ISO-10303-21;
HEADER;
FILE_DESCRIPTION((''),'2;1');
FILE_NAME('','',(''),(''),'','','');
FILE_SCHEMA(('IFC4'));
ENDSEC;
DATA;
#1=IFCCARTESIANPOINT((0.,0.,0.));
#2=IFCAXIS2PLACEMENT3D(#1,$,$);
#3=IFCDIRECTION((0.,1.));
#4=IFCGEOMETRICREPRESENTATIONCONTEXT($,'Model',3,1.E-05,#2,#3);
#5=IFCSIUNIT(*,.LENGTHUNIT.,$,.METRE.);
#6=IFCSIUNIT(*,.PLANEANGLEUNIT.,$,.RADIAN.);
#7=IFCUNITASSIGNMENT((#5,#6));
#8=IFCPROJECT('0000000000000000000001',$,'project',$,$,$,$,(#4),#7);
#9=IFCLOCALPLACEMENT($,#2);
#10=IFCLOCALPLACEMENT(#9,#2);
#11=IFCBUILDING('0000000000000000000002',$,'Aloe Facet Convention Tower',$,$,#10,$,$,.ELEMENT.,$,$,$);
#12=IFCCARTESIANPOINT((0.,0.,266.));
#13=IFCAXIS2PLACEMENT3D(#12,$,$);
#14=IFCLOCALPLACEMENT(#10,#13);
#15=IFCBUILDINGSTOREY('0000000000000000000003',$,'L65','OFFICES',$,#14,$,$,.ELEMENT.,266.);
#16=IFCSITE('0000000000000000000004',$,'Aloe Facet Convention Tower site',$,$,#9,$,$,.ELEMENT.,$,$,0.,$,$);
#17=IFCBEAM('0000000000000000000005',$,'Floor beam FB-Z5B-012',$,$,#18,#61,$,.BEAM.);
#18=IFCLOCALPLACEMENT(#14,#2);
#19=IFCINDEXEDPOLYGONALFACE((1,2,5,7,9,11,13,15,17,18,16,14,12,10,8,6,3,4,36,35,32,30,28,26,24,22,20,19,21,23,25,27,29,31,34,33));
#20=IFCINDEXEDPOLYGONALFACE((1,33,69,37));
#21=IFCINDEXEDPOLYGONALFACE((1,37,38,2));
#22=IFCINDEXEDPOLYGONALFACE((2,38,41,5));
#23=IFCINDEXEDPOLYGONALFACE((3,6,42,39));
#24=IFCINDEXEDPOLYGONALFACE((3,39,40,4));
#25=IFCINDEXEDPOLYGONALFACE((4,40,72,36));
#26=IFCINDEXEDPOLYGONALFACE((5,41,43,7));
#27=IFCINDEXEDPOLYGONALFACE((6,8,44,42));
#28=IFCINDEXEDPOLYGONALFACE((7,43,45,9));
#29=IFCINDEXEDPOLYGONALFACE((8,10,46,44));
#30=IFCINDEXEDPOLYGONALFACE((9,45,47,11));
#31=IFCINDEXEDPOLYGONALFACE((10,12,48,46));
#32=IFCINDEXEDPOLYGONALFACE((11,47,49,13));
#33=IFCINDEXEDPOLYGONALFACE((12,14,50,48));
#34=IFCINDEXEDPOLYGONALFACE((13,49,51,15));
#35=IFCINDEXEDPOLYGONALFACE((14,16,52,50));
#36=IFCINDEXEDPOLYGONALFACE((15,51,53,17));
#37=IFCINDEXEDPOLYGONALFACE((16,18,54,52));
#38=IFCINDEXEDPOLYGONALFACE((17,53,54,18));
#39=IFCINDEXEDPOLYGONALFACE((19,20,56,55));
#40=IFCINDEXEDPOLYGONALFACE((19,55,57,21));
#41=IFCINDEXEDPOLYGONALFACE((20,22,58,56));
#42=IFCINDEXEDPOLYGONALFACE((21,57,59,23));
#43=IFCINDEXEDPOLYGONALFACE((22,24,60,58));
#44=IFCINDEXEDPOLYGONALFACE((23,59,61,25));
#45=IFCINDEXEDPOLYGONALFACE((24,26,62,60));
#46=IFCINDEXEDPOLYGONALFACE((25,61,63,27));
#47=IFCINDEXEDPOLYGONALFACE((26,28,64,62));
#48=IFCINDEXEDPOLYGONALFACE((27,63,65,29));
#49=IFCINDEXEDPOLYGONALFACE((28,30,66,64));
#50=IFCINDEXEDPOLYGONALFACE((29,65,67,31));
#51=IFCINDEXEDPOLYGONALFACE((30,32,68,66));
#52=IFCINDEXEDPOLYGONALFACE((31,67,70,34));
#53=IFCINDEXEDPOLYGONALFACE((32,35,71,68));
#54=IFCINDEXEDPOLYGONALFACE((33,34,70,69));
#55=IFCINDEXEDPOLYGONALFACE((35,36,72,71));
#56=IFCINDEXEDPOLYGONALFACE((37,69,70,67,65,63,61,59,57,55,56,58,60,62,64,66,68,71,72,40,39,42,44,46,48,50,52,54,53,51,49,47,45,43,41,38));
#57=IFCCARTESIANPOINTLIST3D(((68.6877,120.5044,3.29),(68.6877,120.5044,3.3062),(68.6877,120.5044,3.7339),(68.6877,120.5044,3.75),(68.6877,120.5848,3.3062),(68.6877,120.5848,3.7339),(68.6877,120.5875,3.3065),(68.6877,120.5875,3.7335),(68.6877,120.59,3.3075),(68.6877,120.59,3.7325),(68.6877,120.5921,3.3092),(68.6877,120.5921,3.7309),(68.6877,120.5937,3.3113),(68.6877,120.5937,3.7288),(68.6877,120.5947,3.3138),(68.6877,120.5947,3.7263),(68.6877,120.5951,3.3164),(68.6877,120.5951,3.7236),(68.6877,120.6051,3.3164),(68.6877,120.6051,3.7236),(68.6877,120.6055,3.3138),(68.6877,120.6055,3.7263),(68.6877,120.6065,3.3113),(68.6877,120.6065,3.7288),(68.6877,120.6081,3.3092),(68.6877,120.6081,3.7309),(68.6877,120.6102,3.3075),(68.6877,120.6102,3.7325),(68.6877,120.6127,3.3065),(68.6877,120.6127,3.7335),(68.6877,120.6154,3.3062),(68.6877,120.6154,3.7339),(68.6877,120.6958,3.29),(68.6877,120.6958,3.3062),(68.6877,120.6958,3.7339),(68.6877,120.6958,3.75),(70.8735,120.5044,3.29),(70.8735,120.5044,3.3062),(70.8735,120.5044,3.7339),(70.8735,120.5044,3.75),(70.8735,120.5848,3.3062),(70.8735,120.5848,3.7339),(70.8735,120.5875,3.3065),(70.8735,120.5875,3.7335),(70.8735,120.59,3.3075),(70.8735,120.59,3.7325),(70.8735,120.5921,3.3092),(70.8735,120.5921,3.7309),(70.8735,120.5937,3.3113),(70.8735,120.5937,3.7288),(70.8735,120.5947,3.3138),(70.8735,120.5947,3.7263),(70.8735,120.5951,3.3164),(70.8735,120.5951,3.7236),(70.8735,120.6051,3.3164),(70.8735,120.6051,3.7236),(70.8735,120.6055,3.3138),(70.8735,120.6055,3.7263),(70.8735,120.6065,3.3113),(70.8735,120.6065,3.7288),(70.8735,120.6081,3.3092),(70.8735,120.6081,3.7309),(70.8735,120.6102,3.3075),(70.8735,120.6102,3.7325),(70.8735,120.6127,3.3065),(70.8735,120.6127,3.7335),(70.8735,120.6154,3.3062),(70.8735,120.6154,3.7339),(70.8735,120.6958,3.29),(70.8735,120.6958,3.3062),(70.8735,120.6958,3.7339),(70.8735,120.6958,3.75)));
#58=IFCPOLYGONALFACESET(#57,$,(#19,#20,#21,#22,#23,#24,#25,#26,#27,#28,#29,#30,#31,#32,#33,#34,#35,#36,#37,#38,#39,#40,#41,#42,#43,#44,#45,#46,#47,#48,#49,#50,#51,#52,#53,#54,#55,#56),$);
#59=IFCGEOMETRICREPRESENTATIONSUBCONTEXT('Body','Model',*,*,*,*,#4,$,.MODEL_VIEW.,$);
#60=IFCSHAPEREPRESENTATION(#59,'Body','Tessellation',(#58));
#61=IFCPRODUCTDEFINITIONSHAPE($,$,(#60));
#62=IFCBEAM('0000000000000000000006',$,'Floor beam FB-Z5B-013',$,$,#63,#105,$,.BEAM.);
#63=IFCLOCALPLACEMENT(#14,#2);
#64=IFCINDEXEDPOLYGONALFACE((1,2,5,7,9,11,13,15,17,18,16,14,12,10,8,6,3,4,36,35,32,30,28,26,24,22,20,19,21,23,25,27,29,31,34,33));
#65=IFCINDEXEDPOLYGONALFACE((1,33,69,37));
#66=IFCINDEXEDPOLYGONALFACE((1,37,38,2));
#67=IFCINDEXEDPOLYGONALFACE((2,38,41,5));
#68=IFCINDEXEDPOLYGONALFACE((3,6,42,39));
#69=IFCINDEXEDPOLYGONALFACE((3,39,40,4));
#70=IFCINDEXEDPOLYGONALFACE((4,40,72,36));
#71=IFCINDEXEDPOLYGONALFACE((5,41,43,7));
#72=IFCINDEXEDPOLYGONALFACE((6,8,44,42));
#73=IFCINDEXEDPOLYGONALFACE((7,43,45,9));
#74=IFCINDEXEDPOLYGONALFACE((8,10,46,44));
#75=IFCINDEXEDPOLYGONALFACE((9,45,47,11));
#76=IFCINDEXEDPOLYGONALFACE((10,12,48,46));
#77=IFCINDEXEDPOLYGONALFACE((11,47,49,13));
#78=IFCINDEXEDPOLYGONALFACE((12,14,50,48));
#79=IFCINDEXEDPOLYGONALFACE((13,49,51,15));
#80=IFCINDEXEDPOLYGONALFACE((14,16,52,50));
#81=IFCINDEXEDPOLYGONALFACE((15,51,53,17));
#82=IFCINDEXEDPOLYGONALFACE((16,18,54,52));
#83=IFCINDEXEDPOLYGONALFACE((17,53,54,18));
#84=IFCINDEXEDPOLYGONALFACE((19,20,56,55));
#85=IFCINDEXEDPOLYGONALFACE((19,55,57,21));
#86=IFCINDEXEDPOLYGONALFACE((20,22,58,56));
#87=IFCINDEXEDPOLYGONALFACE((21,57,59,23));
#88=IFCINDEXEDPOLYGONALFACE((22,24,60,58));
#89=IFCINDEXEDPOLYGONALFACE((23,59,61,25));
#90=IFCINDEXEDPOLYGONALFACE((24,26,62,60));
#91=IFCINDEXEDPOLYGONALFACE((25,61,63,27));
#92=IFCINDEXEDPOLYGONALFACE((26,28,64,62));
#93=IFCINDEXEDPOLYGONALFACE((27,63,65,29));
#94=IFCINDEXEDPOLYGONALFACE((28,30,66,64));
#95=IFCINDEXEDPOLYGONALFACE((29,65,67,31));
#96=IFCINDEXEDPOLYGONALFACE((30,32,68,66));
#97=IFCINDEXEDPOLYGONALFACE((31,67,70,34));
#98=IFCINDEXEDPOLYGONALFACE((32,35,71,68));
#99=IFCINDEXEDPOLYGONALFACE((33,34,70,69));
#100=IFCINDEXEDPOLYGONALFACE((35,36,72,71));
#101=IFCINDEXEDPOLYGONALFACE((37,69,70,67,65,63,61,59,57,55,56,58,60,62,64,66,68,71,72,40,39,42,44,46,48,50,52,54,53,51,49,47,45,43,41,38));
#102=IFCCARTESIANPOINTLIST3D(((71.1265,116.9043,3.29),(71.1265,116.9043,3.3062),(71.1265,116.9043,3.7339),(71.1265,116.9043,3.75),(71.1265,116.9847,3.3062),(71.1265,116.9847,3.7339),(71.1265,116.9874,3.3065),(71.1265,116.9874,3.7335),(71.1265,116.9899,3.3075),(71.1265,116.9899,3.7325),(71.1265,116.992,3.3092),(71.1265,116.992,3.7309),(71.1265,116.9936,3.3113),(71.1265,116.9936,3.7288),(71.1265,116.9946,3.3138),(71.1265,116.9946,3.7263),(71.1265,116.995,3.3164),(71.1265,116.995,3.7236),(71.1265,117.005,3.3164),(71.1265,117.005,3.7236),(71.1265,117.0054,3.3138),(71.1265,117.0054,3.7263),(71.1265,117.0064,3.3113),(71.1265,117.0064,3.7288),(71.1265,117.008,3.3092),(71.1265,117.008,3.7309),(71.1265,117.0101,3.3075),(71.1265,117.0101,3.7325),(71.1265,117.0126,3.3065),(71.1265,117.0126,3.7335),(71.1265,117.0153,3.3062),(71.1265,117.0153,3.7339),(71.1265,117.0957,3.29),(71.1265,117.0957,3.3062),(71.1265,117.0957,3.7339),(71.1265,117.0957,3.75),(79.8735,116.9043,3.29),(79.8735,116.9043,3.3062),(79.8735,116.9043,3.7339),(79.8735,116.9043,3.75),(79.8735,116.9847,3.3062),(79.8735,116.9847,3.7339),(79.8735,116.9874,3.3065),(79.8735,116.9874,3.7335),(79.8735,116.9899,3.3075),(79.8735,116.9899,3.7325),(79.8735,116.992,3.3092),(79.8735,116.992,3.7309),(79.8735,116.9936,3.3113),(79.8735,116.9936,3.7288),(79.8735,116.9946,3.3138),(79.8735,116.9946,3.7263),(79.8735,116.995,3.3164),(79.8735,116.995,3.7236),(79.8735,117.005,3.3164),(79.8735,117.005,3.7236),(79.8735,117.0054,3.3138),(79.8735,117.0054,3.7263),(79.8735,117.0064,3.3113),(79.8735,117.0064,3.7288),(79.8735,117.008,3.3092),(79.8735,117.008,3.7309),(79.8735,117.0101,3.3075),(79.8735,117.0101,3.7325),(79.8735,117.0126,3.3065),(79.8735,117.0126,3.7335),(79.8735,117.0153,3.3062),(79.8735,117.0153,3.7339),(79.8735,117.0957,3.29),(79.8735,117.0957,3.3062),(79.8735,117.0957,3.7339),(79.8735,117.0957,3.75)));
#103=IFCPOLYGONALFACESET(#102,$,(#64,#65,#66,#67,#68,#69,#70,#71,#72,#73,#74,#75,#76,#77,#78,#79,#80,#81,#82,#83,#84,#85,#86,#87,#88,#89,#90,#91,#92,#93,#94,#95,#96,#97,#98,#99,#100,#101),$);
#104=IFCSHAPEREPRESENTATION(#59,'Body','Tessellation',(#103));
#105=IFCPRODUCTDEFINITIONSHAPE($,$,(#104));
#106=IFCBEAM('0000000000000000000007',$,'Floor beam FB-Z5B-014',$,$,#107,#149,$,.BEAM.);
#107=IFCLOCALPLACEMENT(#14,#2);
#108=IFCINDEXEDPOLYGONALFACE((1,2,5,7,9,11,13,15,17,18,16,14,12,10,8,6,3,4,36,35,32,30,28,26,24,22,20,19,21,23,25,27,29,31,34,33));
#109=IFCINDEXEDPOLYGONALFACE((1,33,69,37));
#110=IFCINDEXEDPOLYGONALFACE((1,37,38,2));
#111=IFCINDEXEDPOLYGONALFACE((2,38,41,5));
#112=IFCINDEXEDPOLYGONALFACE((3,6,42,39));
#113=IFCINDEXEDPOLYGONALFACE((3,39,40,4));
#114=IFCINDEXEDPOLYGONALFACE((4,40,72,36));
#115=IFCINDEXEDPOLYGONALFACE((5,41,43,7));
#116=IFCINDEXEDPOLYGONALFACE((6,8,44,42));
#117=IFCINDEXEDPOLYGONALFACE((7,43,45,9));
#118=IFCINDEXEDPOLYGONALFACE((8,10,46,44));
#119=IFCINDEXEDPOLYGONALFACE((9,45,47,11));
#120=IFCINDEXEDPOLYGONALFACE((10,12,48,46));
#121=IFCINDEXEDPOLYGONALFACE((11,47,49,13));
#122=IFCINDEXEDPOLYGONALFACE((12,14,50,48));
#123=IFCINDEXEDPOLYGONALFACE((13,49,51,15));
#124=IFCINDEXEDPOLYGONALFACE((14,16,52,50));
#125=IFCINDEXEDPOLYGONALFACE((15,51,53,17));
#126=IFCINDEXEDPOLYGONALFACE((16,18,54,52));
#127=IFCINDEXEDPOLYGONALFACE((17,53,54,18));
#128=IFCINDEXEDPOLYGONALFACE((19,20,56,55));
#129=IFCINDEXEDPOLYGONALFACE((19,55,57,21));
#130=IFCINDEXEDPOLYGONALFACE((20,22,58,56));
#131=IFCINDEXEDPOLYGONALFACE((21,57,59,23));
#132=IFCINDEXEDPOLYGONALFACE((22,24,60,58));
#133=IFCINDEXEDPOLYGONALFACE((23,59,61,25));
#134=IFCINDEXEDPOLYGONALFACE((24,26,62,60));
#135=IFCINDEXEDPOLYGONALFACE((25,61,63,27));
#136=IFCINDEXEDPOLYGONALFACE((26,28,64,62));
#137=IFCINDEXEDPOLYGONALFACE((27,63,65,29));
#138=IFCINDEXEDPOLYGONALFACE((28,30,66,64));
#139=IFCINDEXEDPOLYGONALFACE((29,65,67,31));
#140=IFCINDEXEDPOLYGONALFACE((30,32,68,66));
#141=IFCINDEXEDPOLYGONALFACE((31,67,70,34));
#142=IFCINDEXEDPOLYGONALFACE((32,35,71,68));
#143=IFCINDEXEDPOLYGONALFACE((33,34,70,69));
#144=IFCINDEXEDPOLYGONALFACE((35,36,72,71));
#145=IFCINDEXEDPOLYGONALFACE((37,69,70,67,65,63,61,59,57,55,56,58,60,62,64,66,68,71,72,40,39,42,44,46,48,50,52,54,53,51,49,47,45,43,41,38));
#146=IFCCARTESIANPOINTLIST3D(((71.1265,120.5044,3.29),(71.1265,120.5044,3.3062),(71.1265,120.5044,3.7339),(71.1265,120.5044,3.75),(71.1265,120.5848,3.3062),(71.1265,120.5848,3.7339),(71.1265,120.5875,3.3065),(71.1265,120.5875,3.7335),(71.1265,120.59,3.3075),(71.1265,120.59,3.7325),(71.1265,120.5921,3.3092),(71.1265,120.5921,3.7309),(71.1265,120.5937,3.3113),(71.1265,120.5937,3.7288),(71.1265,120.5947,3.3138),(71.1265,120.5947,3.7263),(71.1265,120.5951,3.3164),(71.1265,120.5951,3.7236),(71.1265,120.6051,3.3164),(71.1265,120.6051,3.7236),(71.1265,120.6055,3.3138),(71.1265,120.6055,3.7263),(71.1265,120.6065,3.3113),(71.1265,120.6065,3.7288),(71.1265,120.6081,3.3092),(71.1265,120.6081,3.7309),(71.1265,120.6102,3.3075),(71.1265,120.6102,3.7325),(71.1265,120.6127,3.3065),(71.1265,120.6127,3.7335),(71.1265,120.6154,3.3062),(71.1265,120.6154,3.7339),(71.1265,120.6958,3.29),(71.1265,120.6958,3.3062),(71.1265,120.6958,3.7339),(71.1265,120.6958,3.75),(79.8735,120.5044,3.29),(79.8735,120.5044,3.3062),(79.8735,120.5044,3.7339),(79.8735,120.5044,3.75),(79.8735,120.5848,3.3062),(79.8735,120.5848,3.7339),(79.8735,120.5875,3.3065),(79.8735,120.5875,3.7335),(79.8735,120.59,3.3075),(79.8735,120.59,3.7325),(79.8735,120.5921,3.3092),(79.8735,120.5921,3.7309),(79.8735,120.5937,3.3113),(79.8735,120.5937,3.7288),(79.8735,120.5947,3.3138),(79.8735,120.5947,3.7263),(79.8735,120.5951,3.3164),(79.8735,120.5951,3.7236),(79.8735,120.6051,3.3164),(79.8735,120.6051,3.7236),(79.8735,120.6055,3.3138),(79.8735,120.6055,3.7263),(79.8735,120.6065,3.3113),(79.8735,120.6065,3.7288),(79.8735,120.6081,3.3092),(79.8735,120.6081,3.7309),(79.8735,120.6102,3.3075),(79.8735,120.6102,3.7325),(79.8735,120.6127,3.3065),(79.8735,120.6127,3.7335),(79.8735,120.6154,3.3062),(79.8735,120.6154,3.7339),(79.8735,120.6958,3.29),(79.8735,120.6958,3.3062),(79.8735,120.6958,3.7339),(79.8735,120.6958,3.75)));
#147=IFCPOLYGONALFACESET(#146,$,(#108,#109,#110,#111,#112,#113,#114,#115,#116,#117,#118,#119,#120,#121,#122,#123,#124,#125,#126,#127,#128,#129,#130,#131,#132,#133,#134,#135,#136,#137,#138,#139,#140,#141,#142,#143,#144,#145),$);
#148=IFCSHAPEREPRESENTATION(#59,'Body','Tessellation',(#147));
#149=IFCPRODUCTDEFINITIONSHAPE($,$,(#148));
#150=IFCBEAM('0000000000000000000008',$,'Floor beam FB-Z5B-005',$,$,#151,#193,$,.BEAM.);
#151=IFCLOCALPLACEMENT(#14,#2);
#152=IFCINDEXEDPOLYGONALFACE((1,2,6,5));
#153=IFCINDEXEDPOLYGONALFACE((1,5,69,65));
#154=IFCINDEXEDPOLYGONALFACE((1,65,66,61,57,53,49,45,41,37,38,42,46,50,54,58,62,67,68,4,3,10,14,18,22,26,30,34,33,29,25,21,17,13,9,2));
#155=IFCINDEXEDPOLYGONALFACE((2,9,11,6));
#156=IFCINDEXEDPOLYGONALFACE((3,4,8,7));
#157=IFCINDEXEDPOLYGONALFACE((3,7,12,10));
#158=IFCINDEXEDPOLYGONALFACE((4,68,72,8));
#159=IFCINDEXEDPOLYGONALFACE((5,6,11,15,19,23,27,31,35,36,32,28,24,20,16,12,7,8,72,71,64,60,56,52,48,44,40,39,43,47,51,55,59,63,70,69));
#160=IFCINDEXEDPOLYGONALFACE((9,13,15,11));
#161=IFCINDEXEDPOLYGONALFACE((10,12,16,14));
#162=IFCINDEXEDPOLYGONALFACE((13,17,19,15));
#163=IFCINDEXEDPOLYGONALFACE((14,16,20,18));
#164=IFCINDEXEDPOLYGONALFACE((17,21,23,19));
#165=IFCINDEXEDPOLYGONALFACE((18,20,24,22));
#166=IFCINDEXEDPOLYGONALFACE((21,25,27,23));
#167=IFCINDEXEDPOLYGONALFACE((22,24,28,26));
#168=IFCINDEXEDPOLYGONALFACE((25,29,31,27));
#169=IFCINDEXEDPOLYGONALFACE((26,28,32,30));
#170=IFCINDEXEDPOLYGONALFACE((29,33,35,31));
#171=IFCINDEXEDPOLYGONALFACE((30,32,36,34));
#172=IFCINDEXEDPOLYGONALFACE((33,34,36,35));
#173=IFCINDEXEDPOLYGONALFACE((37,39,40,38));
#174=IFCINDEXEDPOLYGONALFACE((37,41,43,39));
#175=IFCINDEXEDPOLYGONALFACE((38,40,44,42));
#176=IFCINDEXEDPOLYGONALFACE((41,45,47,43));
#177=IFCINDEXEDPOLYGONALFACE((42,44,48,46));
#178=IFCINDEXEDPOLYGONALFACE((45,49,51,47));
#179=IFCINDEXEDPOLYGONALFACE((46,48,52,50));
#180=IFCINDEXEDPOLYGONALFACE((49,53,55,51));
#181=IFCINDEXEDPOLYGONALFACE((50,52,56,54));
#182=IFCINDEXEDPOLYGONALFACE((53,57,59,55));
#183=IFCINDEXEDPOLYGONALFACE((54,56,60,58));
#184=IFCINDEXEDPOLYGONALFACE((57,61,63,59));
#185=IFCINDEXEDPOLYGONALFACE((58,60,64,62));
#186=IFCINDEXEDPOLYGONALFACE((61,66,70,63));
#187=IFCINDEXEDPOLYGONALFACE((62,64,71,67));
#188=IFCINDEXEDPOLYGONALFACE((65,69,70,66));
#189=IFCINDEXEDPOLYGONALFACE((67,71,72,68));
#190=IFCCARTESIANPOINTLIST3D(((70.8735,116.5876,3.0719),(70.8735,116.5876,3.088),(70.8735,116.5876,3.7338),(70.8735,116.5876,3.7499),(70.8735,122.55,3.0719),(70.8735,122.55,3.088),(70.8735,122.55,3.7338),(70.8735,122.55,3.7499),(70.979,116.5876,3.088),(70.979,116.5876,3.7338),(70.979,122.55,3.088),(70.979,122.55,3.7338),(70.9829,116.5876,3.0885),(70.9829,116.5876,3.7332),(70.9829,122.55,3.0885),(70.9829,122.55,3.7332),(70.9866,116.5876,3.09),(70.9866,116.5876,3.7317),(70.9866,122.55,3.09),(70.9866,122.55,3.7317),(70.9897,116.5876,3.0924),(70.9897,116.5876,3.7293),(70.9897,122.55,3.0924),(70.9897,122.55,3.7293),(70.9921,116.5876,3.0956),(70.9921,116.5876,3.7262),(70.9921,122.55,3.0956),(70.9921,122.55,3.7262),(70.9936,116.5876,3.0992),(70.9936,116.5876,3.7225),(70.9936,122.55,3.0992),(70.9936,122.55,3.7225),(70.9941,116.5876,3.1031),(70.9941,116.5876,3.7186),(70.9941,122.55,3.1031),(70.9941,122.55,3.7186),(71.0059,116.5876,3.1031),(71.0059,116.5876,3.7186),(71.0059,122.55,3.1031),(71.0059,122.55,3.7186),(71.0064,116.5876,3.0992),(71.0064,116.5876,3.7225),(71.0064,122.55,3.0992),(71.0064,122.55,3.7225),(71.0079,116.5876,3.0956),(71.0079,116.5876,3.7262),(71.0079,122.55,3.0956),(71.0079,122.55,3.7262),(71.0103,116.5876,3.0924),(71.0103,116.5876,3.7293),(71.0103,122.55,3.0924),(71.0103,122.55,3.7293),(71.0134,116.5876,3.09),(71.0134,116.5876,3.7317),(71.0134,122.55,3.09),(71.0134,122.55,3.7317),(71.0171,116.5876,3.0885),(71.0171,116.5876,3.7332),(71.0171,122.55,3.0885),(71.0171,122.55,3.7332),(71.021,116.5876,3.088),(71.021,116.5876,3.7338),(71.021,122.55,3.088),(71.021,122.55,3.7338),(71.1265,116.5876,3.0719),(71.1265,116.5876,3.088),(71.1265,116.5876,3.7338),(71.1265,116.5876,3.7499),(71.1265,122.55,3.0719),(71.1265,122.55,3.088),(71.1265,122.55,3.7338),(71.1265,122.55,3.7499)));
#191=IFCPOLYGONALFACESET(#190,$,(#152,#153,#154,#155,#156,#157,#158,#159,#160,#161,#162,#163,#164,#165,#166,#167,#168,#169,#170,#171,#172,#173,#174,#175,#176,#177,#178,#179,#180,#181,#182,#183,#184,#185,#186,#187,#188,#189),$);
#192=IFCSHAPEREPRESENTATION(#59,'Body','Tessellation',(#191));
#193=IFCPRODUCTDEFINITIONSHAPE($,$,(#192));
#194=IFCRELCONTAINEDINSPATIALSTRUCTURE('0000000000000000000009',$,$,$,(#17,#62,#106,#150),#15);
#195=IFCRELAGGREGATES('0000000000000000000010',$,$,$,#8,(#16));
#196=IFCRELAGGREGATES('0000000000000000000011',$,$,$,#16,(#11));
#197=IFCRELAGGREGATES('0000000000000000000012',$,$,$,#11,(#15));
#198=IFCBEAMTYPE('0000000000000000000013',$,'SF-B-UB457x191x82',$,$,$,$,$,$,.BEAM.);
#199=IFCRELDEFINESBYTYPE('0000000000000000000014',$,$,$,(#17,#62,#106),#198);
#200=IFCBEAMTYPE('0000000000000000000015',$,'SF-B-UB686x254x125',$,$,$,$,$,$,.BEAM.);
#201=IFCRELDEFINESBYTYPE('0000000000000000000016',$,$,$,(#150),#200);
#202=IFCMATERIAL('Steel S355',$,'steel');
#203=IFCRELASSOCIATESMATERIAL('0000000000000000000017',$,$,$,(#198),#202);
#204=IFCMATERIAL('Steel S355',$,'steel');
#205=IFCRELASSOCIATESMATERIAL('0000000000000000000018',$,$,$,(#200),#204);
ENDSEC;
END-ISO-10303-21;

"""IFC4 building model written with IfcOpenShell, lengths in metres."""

from ifc_helpers import new_model, si_unit, direction, frame, origin, origin_2d, place, context, subcontext, project, spatial, i_section, extrude, material, material_profile, profile_set, type_object, element, save


model = new_model("IFC4")

# Units and contexts
model_context = context("Model", 3, precision=1e-05, world=origin(), true_north=direction((0.0, 1.0)))
body_context = subcontext(model_context, "Body", "Model", "MODEL_VIEW")
ifc_project = project(units=[si_unit("LENGTHUNIT", "METRE"), si_unit("PLANEANGLEUNIT", "RADIAN")], contexts=[model_context])

# Site, building, storey
site_placement = place(None, origin())
site = spatial("IfcSite", under=ifc_project, at=site_placement, Name="Aloe Facet Convention Tower site", CompositionType="ELEMENT", RefElevation=0.0)
building_placement = place(site_placement, origin())
building = spatial("IfcBuilding", under=site, at=building_placement, Name="Aloe Facet Convention Tower", CompositionType="ELEMENT")
storey_placement = place(building_placement, frame((0.0, 0.0, 266.0)))
storey = spatial("IfcBuildingStorey", under=building, at=storey_placement, Name="L65", Description="OFFICES", CompositionType="ELEMENT", Elevation=266.0)

# Beams
ifc_material_1 = material(Name="Steel S355", Category="steel")
ifc_material_profile_1 = material_profile(ifc_material_1, i_section(OverallWidth=0.1914, OverallDepth=0.46, WebThickness=0.01, FlangeThickness=0.0161, FilletRadius=0.0103, at=origin_2d()), Name="UB 457x191x82")
ifc_profile_set_1 = profile_set([ifc_material_profile_1], Name="Steel S355")
beam_type_1 = type_object("IfcBeamType", Name="SF-B-UB457x191x82", PredefinedType="BEAM", material=ifc_profile_set_1)
beam_1_placement = place(storey_placement, frame((68.6877, 120.6001, 3.52), z_axis=(1.0, 0.0, 0.0), x_axis=(0.0, 1.0, 0.0)))
element("IfcBeam", 1, at=beam_1_placement, inside=storey, type_object=beam_type_1, Name="Floor beam FB-Z5B-012", PredefinedType="BEAM", context=body_context, shape_type="SweptSolid", body=[
    extrude(i_section(OverallWidth=0.1914, OverallDepth=0.46, WebThickness=0.01, FlangeThickness=0.0161, FilletRadius=0.0103, at=origin_2d()), origin(), (0.0, 0.0, 1.0), 2.1858),
])
for number, where, z_axis, x_axis, name in (
    (2, (71.1265, 117.0, 3.52), (1.0, 0.0, 0.0), (0.0, 1.0, 0.0), "Floor beam FB-Z5B-013"),
    (3, (71.1265, 120.6001, 3.52), (1.0, 0.0, 0.0), (0.0, 1.0, 0.0), "Floor beam FB-Z5B-014"),
):
    element("IfcBeam", number, at=place(storey_placement, frame(where, z_axis=z_axis, x_axis=x_axis)), inside=storey, type_object=beam_type_1, Name=name, PredefinedType="BEAM", context=body_context, shape_type="SweptSolid", body=[
        extrude(i_section(OverallWidth=0.1914, OverallDepth=0.46, WebThickness=0.01, FlangeThickness=0.0161, FilletRadius=0.0103, at=origin_2d()), origin(), (0.0, 0.0, 1.0), 8.7471),
    ])
ifc_material_2 = material(Name="Steel S355", Category="steel")
ifc_material_profile_2 = material_profile(ifc_material_2, i_section(OverallWidth=0.2529, OverallDepth=0.678, WebThickness=0.0117, FlangeThickness=0.0161, FilletRadius=0.0151, at=origin_2d()), Name="UB 686x254x125")
ifc_profile_set_2 = profile_set([ifc_material_profile_2], Name="Steel S355")
beam_type_2 = type_object("IfcBeamType", Name="SF-B-UB686x254x125", PredefinedType="BEAM", material=ifc_profile_set_2)
beam_2_placement = place(storey_placement, frame((71.0, 122.55, 3.4109), z_axis=(0.0, -1.0, 0.0), x_axis=(1.0, 0.0, 0.0)))
element("IfcBeam", 4, at=beam_2_placement, inside=storey, type_object=beam_type_2, Name="Floor beam FB-Z5B-005", PredefinedType="BEAM", context=body_context, shape_type="SweptSolid", body=[
    extrude(i_section(OverallWidth=0.2529, OverallDepth=0.678, WebThickness=0.0117, FlangeThickness=0.0161, FilletRadius=0.0151, at=origin_2d()), origin(), (0.0, 0.0, 1.0), 5.9624),
])

save(model, "model.ifc")
